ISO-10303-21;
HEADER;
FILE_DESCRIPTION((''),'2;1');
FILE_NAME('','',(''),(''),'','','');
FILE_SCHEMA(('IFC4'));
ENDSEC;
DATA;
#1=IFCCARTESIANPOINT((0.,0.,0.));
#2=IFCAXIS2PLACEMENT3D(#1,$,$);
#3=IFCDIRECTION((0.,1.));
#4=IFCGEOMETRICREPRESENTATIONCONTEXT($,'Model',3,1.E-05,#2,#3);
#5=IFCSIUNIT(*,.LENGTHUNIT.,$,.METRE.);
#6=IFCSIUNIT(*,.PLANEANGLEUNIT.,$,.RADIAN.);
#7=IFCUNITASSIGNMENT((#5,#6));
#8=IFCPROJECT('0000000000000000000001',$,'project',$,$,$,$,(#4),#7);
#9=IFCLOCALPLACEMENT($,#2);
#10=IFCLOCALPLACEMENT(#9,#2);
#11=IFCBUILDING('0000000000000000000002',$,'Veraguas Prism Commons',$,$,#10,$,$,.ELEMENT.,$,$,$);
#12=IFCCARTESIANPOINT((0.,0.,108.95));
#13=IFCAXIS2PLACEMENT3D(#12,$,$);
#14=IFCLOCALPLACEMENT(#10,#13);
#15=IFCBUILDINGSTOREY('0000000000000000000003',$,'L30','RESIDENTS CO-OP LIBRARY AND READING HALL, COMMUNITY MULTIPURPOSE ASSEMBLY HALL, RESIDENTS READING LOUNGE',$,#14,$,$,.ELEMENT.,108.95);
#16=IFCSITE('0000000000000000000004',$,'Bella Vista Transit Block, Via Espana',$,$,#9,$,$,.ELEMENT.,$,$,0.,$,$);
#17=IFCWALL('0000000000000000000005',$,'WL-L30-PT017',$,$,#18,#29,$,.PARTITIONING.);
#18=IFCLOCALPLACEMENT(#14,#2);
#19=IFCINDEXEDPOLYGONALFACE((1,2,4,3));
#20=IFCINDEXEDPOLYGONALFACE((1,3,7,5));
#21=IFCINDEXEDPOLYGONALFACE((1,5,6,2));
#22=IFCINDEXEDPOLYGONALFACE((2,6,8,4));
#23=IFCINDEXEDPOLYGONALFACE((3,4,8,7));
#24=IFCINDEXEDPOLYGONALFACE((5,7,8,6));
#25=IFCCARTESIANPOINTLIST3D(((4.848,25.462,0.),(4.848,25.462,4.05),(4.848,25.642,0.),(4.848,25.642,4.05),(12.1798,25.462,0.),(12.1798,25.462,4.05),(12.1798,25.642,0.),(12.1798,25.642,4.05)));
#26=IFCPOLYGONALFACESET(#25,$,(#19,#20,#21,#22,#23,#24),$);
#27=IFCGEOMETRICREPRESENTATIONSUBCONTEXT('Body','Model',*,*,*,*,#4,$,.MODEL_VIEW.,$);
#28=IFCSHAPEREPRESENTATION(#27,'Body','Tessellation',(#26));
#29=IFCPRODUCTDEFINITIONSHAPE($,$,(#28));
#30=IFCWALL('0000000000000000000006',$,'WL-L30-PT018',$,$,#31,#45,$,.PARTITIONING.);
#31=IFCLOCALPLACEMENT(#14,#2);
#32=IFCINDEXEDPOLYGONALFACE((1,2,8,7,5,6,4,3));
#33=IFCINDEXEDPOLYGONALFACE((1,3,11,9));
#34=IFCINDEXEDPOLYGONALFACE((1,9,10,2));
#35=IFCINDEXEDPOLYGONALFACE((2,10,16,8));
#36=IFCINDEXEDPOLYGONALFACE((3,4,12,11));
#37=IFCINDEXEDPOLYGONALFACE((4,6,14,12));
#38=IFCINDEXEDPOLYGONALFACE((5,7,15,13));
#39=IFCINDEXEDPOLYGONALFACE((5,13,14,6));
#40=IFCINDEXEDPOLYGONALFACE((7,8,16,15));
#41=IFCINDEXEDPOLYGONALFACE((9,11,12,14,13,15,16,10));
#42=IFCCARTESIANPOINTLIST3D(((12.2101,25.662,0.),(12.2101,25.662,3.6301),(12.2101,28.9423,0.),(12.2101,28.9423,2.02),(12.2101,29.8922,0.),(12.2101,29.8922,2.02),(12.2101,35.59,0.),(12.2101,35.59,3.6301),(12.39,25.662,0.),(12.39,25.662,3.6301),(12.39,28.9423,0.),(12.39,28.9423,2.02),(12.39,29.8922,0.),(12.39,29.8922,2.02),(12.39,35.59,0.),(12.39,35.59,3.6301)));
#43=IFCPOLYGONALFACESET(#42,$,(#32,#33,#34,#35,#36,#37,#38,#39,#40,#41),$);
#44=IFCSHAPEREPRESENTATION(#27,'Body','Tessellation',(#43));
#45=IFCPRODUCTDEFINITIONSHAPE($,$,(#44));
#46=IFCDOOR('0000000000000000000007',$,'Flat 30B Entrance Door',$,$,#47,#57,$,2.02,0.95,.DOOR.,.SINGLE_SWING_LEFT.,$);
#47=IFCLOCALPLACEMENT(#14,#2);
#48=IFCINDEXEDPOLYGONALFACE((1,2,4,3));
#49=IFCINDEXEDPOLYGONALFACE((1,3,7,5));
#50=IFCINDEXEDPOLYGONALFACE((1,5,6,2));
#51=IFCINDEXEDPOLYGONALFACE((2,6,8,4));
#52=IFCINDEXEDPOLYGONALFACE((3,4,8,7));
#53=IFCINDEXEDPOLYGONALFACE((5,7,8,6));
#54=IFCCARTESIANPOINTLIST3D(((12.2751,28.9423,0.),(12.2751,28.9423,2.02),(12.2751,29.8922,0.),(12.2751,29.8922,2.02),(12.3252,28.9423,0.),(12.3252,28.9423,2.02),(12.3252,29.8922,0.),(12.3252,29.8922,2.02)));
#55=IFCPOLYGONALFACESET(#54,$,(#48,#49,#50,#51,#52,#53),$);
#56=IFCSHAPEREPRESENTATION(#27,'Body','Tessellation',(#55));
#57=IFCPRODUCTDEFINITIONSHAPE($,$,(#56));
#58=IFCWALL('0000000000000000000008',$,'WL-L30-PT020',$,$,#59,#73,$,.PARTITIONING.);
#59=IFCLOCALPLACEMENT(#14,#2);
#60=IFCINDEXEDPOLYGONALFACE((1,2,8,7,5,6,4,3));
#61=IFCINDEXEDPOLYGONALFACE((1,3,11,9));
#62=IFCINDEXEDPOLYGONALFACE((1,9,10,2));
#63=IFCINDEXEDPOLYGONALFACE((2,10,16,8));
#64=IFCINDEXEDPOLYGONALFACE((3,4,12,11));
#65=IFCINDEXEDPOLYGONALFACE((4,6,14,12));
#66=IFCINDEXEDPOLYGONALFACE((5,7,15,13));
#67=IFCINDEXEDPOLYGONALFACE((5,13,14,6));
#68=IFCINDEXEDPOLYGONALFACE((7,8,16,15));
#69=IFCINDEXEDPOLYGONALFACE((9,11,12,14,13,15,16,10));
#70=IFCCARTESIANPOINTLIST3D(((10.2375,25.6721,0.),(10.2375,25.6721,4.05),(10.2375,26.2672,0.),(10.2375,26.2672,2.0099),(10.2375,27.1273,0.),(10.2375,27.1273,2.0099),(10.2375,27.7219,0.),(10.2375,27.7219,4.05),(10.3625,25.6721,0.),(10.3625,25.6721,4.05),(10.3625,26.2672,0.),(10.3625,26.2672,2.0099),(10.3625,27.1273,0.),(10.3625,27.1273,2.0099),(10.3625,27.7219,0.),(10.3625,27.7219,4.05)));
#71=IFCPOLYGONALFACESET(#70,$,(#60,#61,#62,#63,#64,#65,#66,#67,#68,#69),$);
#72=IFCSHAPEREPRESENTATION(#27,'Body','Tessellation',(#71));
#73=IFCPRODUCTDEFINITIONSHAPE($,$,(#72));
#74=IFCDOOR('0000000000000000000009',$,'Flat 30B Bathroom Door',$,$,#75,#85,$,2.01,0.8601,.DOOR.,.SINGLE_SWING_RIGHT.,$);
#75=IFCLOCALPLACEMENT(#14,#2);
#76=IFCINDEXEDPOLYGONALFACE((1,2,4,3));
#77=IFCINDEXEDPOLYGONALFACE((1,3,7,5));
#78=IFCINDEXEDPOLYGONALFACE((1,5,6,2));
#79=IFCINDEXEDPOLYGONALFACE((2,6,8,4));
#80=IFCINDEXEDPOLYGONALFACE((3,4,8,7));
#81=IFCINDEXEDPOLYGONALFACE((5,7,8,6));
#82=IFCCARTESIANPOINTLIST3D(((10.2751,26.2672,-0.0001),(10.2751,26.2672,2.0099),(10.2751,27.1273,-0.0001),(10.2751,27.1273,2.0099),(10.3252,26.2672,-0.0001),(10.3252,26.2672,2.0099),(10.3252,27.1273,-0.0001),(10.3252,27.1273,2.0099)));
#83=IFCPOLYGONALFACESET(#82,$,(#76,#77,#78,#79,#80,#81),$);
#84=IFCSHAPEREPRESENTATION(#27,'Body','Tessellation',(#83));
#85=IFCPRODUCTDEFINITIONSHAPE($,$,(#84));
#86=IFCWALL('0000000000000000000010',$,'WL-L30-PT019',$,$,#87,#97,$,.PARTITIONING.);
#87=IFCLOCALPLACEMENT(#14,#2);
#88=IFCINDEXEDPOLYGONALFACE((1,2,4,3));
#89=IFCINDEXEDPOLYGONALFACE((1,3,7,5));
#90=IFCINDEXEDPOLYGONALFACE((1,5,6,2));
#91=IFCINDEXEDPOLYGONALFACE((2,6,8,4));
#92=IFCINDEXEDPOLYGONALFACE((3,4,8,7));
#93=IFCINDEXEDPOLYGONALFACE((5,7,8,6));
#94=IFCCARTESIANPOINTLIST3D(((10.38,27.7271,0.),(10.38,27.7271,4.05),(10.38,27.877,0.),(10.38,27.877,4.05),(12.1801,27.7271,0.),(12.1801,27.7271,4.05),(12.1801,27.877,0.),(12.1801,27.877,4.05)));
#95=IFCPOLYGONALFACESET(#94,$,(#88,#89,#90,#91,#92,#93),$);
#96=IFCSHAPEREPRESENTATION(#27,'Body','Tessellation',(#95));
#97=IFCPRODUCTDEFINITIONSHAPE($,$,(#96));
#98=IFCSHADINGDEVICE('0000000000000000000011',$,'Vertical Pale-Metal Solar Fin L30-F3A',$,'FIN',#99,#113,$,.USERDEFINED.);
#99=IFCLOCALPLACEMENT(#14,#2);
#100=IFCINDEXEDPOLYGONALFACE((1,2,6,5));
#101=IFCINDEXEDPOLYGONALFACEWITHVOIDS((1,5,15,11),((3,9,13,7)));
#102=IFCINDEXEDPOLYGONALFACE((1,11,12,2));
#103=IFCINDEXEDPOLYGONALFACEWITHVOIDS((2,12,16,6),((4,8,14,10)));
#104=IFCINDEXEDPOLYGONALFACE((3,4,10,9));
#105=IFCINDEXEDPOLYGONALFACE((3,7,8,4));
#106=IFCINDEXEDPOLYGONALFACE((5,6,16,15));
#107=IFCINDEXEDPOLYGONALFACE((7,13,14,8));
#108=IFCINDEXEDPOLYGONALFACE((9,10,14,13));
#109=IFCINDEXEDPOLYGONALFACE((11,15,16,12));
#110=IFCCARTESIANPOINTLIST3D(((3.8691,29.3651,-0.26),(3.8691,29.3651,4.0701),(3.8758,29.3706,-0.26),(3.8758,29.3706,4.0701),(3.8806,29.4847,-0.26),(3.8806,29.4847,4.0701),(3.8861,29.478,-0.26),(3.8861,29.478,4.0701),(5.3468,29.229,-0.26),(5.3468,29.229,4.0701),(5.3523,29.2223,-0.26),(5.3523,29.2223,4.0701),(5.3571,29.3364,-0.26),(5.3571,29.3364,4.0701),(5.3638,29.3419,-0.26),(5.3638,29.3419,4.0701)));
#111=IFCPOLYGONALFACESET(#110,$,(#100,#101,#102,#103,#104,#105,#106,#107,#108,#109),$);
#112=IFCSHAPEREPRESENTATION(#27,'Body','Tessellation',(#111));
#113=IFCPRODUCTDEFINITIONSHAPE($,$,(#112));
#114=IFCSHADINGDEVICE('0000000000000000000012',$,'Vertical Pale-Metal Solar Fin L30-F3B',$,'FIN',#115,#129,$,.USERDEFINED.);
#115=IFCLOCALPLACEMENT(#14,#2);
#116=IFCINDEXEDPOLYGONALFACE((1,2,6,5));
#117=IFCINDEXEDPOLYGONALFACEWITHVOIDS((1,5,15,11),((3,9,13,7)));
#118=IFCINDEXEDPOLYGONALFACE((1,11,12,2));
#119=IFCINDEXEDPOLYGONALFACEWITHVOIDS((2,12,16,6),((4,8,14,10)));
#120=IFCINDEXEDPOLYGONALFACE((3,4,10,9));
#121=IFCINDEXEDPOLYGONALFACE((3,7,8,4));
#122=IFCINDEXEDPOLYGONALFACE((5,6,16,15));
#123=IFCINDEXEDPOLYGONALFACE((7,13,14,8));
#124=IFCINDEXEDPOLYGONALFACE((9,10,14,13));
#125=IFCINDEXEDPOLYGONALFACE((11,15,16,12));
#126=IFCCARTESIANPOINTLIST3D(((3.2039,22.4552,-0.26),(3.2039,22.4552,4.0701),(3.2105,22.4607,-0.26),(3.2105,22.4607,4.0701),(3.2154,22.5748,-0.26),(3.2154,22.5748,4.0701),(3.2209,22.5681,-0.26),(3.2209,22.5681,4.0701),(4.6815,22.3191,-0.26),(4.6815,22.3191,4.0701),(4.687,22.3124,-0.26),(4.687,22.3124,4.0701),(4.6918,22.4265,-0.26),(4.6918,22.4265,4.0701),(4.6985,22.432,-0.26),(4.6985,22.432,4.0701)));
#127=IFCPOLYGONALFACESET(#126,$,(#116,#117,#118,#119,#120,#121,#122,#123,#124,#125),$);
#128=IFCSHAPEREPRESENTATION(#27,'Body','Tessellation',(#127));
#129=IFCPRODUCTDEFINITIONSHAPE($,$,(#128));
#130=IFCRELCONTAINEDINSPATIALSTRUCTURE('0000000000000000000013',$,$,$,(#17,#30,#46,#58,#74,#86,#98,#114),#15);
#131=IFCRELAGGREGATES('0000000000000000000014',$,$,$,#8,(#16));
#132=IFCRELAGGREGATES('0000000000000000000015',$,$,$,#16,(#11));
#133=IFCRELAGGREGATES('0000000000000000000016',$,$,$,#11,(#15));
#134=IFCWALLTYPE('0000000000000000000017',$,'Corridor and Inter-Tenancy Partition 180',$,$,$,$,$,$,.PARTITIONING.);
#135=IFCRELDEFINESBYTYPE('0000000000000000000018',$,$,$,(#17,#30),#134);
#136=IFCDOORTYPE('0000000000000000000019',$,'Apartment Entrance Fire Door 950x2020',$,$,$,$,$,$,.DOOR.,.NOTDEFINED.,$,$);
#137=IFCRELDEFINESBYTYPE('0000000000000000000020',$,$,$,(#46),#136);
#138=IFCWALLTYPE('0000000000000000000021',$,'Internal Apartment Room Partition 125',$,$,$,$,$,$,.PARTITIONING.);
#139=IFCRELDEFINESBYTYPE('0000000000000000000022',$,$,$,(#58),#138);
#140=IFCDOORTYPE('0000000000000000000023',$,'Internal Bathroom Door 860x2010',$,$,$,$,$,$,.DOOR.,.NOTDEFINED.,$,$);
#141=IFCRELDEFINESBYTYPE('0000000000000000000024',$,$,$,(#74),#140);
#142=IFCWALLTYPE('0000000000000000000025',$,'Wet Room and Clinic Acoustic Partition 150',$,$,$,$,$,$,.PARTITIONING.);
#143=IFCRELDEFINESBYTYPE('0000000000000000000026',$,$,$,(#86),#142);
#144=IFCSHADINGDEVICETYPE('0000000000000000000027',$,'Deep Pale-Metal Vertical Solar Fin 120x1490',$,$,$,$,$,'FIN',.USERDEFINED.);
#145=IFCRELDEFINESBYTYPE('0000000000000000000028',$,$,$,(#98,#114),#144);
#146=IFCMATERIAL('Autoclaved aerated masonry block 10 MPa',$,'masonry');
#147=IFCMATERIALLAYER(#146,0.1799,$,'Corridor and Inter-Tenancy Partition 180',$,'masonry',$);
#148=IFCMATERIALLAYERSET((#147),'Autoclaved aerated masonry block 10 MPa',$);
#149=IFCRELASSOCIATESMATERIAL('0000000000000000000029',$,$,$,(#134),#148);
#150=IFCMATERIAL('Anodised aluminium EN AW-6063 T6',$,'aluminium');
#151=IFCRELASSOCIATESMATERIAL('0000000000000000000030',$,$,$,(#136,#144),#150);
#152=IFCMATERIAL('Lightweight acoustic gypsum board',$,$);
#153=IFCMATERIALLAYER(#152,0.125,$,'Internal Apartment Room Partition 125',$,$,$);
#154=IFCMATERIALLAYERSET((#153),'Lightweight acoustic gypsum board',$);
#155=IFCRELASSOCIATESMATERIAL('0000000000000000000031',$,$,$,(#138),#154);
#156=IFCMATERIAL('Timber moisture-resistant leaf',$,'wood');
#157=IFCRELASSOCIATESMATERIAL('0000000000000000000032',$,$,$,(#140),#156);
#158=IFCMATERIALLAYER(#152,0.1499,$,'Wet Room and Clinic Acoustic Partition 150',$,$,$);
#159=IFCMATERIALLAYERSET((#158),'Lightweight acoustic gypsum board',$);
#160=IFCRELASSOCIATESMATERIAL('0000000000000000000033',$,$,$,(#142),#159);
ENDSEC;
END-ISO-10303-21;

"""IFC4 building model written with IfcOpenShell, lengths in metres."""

from ifc_helpers import new_model, si_unit, direction, frame, frame_2d, origin, origin_2d, place, context, subcontext, project, spatial, rectangle, hollow_rectangle, extrude, source, transform, mapped, material, layer, layer_set, material_profile, profile_set, type_object, element, fill, save


model = new_model("IFC4")

# Units and contexts
model_context = context("Model", 3, precision=1e-05, world=origin(), true_north=direction((0.0, 1.0)))
body_context = subcontext(model_context, "Body", "Model", "MODEL_VIEW")
ifc_project = project(units=[si_unit("LENGTHUNIT", "METRE"), si_unit("PLANEANGLEUNIT", "RADIAN")], contexts=[model_context])

# Site, building, storey
site_placement = place(None, origin())
site = spatial("IfcSite", under=ifc_project, at=site_placement, Name="Bella Vista Transit Block, Via Espana", CompositionType="ELEMENT", RefElevation=0.0)
building_placement = place(site_placement, origin())
building = spatial("IfcBuilding", under=site, at=building_placement, Name="Veraguas Prism Commons", CompositionType="ELEMENT")
storey_placement = place(building_placement, frame((0.0, 0.0, 108.95)))
storey = spatial("IfcBuildingStorey", under=building, at=storey_placement, Name="L30", Description="RESIDENTS CO-OP LIBRARY AND READING HALL, COMMUNITY MULTIPURPOSE ASSEMBLY HALL, RESIDENTS READING LOUNGE", CompositionType="ELEMENT", Elevation=108.95)

# Shared definitions
ifc_material_1 = material(Name="Anodised aluminium EN AW-6063 T6", Category="aluminium")

# Wall
ifc_material_2 = material(Name="Autoclaved aerated masonry block 10 MPa", Category="masonry")
ifc_layer_1 = layer(ifc_material_2, 0.1799, Name="Corridor and Inter-Tenancy Partition 180", Category="masonry")
ifc_layer_set_1 = layer_set([ifc_layer_1], Name="Autoclaved aerated masonry block 10 MPa")
wall_type_1 = type_object("IfcWallType", Name="Corridor and Inter-Tenancy Partition 180", PredefinedType="PARTITIONING", material=ifc_layer_set_1)
wall_1_placement = place(storey_placement, frame((12.1799, 25.552, 0.0), z_axis=(0.0, 0.0, 1.0), x_axis=(-1.0, 0.0, 0.0)))
element("IfcWall", 1, at=wall_1_placement, inside=storey, type_object=wall_type_1, Name="WL-L30-PT017", PredefinedType="PARTITIONING", context=body_context, shape_type="SweptSolid", body=[
    extrude(rectangle(XDim=7.3318, YDim=0.1799, at=frame_2d((3.666, 0.0))), origin(), (0.0, 0.0, 1.0), 4.05),
])

# Walls, openings, doors
wall_2_placement = place(storey_placement, frame((12.3, 25.6621, 0.0), z_axis=(0.0, 0.0, 1.0), x_axis=(0.0, 1.0, 0.0)))
wall_2 = element("IfcWall", 2, at=wall_2_placement, inside=storey, type_object=wall_type_1, Name="WL-L30-PT018", PredefinedType="PARTITIONING", context=body_context, shape_type="SweptSolid", body=[
    extrude(rectangle(XDim=9.928, YDim=0.1799, at=frame_2d((4.9639, 0.0))), origin(), (0.0, 0.0, 1.0), 3.6301),
])
opening_1_placement = place(wall_2_placement, frame((3.28, 0.0, 0.0)))
opening_1 = element("IfcOpeningElement", 3, at=opening_1_placement, cuts=wall_2, PredefinedType="OPENING", context=body_context, shape_type="SweptSolid", body=[
    extrude(rectangle(XDim=0.95, YDim=2.02, at=frame_2d((0.4751, 1.01))), frame((0.0, 0.0999, 0.0), z_axis=(0.0, -1.0, 0.0), x_axis=(1.0, 0.0, 0.0)), (0.0, 0.0, 1.0), 0.2),
])
door_type_1 = type_object("IfcDoorType", Name="Apartment Entrance Fire Door 950x2020", OperationType="NOTDEFINED", PredefinedType="DOOR", material=ifc_material_1)
shared_shape_1 = source(origin(), body_context, "Body", "SweptSolid", [
    extrude(rectangle(XDim=0.95, YDim=2.02, at=frame_2d((0.4751, 1.01))), frame((0.0, 0.0249, 0.0), z_axis=(0.0, -1.0, 0.0), x_axis=(1.0, 0.0, 0.0)), (0.0, 0.0, 1.0), 0.05),
])
door_1_placement = place(opening_1_placement, origin())
door_1 = element("IfcDoor", 4, at=door_1_placement, inside=storey, type_object=door_type_1, Name="Flat 30B Entrance Door", OperationType="SINGLE_SWING_LEFT", OverallHeight=2.02, OverallWidth=0.95, PredefinedType="DOOR", context=body_context, shape_type="MappedRepresentation", body=[
    mapped(shared_shape_1, transform((0.0, 0.0, 0.0), scale=1.0)),
])
fill(opening_1, door_1)
ifc_material_3 = material(Name="Lightweight acoustic gypsum board")
ifc_layer_2 = layer(ifc_material_3, 0.125, Name="Internal Apartment Room Partition 125")
ifc_layer_set_2 = layer_set([ifc_layer_2], Name="Lightweight acoustic gypsum board")
wall_type_2 = type_object("IfcWallType", Name="Internal Apartment Room Partition 125", PredefinedType="PARTITIONING", material=ifc_layer_set_2)
wall_3_placement = place(storey_placement, frame((10.3, 25.6721, 0.0), z_axis=(0.0, 0.0, 1.0), x_axis=(0.0, 1.0, 0.0)))
wall_3 = element("IfcWall", 5, at=wall_3_placement, inside=storey, type_object=wall_type_2, Name="WL-L30-PT020", PredefinedType="PARTITIONING", context=body_context, shape_type="SweptSolid", body=[
    extrude(rectangle(XDim=2.0498, YDim=0.125, at=frame_2d((1.0249, 0.0))), origin(), (0.0, 0.0, 1.0), 4.05),
])
opening_2_placement = place(wall_3_placement, frame((0.595, 0.0, 0.0)))
opening_2 = element("IfcOpeningElement", 6, at=opening_2_placement, cuts=wall_3, PredefinedType="OPENING", context=body_context, shape_type="SweptSolid", body=[
    extrude(rectangle(XDim=0.8601, YDim=2.01, at=frame_2d((0.4302, 1.0049))), frame((0.0, 0.0725, 0.0), z_axis=(0.0, -1.0, 0.0), x_axis=(1.0, 0.0, 0.0)), (0.0, 0.0, 1.0), 0.145),
])
ifc_material_4 = material(Name="Timber moisture-resistant leaf", Category="wood")
door_type_2 = type_object("IfcDoorType", Name="Internal Bathroom Door 860x2010", OperationType="NOTDEFINED", PredefinedType="DOOR", material=ifc_material_4)
shared_shape_2 = source(origin(), body_context, "Body", "SweptSolid", [
    extrude(rectangle(XDim=0.8601, YDim=2.01, at=frame_2d((0.4302, 1.0049))), frame((0.0, 0.0249, 0.0), z_axis=(0.0, -1.0, 0.0), x_axis=(1.0, 0.0, 0.0)), (0.0, 0.0, 1.0), 0.05),
])
door_2_placement = place(opening_2_placement, origin())
door_2 = element("IfcDoor", 7, at=door_2_placement, inside=storey, type_object=door_type_2, Name="Flat 30B Bathroom Door", OperationType="SINGLE_SWING_RIGHT", OverallHeight=2.01, OverallWidth=0.8601, PredefinedType="DOOR", context=body_context, shape_type="MappedRepresentation", body=[
    mapped(shared_shape_2, transform((0.0, 0.0, 0.0), scale=1.0)),
])
fill(opening_2, door_2)

# Wall
ifc_layer_3 = layer(ifc_material_3, 0.1499, Name="Wet Room and Clinic Acoustic Partition 150")
ifc_layer_set_3 = layer_set([ifc_layer_3], Name="Lightweight acoustic gypsum board")
wall_type_3 = type_object("IfcWallType", Name="Wet Room and Clinic Acoustic Partition 150", PredefinedType="PARTITIONING", material=ifc_layer_set_3)
wall_4_placement = place(storey_placement, frame((12.1799, 27.802, 0.0), z_axis=(0.0, 0.0, 1.0), x_axis=(-1.0, 0.0, 0.0)))
element("IfcWall", 8, at=wall_4_placement, inside=storey, type_object=wall_type_3, Name="WL-L30-PT019", PredefinedType="PARTITIONING", context=body_context, shape_type="SweptSolid", body=[
    extrude(rectangle(XDim=1.8, YDim=0.1499, at=frame_2d((0.8999, 0.0))), origin(), (0.0, 0.0, 1.0), 4.05),
])

# Shading devices
ifc_material_profile_1 = material_profile(ifc_material_1, hollow_rectangle(XDim=0.1201, YDim=1.49, WallThickness=0.0061, at=origin_2d()), Name="FIN120X1490X6")
ifc_profile_set_1 = profile_set([ifc_material_profile_1], Name="Anodised aluminium EN AW-6063 T6")
shading_device_type = type_object("IfcShadingDeviceType", Name="Deep Pale-Metal Vertical Solar Fin 120x1490", ElementType="FIN", PredefinedType="USERDEFINED", material=ifc_profile_set_1)
for number, where, z_axis, x_axis, name in (
    (9, (4.6165, 29.3535, -0.26), (0.0, 0.0, 1.0), (-0.095844, -0.995396, 0.0), "Vertical Pale-Metal Solar Fin L30-F3A"),
    (10, (3.9512, 22.4436, -0.26), (0.0, 0.0, 1.0), (-0.095844, -0.995396, 0.0), "Vertical Pale-Metal Solar Fin L30-F3B"),
):
    element("IfcShadingDevice", number, at=place(storey_placement, frame(where, z_axis=z_axis, x_axis=x_axis)), inside=storey, type_object=shading_device_type, Name=name, ObjectType="FIN", PredefinedType="USERDEFINED", context=body_context, shape_type="SweptSolid", body=[
        extrude(hollow_rectangle(XDim=0.1201, YDim=1.49, WallThickness=0.0061, at=origin_2d()), origin(), (0.0, 0.0, 1.0), 4.3301),
    ])

save(model, "model.ifc")
